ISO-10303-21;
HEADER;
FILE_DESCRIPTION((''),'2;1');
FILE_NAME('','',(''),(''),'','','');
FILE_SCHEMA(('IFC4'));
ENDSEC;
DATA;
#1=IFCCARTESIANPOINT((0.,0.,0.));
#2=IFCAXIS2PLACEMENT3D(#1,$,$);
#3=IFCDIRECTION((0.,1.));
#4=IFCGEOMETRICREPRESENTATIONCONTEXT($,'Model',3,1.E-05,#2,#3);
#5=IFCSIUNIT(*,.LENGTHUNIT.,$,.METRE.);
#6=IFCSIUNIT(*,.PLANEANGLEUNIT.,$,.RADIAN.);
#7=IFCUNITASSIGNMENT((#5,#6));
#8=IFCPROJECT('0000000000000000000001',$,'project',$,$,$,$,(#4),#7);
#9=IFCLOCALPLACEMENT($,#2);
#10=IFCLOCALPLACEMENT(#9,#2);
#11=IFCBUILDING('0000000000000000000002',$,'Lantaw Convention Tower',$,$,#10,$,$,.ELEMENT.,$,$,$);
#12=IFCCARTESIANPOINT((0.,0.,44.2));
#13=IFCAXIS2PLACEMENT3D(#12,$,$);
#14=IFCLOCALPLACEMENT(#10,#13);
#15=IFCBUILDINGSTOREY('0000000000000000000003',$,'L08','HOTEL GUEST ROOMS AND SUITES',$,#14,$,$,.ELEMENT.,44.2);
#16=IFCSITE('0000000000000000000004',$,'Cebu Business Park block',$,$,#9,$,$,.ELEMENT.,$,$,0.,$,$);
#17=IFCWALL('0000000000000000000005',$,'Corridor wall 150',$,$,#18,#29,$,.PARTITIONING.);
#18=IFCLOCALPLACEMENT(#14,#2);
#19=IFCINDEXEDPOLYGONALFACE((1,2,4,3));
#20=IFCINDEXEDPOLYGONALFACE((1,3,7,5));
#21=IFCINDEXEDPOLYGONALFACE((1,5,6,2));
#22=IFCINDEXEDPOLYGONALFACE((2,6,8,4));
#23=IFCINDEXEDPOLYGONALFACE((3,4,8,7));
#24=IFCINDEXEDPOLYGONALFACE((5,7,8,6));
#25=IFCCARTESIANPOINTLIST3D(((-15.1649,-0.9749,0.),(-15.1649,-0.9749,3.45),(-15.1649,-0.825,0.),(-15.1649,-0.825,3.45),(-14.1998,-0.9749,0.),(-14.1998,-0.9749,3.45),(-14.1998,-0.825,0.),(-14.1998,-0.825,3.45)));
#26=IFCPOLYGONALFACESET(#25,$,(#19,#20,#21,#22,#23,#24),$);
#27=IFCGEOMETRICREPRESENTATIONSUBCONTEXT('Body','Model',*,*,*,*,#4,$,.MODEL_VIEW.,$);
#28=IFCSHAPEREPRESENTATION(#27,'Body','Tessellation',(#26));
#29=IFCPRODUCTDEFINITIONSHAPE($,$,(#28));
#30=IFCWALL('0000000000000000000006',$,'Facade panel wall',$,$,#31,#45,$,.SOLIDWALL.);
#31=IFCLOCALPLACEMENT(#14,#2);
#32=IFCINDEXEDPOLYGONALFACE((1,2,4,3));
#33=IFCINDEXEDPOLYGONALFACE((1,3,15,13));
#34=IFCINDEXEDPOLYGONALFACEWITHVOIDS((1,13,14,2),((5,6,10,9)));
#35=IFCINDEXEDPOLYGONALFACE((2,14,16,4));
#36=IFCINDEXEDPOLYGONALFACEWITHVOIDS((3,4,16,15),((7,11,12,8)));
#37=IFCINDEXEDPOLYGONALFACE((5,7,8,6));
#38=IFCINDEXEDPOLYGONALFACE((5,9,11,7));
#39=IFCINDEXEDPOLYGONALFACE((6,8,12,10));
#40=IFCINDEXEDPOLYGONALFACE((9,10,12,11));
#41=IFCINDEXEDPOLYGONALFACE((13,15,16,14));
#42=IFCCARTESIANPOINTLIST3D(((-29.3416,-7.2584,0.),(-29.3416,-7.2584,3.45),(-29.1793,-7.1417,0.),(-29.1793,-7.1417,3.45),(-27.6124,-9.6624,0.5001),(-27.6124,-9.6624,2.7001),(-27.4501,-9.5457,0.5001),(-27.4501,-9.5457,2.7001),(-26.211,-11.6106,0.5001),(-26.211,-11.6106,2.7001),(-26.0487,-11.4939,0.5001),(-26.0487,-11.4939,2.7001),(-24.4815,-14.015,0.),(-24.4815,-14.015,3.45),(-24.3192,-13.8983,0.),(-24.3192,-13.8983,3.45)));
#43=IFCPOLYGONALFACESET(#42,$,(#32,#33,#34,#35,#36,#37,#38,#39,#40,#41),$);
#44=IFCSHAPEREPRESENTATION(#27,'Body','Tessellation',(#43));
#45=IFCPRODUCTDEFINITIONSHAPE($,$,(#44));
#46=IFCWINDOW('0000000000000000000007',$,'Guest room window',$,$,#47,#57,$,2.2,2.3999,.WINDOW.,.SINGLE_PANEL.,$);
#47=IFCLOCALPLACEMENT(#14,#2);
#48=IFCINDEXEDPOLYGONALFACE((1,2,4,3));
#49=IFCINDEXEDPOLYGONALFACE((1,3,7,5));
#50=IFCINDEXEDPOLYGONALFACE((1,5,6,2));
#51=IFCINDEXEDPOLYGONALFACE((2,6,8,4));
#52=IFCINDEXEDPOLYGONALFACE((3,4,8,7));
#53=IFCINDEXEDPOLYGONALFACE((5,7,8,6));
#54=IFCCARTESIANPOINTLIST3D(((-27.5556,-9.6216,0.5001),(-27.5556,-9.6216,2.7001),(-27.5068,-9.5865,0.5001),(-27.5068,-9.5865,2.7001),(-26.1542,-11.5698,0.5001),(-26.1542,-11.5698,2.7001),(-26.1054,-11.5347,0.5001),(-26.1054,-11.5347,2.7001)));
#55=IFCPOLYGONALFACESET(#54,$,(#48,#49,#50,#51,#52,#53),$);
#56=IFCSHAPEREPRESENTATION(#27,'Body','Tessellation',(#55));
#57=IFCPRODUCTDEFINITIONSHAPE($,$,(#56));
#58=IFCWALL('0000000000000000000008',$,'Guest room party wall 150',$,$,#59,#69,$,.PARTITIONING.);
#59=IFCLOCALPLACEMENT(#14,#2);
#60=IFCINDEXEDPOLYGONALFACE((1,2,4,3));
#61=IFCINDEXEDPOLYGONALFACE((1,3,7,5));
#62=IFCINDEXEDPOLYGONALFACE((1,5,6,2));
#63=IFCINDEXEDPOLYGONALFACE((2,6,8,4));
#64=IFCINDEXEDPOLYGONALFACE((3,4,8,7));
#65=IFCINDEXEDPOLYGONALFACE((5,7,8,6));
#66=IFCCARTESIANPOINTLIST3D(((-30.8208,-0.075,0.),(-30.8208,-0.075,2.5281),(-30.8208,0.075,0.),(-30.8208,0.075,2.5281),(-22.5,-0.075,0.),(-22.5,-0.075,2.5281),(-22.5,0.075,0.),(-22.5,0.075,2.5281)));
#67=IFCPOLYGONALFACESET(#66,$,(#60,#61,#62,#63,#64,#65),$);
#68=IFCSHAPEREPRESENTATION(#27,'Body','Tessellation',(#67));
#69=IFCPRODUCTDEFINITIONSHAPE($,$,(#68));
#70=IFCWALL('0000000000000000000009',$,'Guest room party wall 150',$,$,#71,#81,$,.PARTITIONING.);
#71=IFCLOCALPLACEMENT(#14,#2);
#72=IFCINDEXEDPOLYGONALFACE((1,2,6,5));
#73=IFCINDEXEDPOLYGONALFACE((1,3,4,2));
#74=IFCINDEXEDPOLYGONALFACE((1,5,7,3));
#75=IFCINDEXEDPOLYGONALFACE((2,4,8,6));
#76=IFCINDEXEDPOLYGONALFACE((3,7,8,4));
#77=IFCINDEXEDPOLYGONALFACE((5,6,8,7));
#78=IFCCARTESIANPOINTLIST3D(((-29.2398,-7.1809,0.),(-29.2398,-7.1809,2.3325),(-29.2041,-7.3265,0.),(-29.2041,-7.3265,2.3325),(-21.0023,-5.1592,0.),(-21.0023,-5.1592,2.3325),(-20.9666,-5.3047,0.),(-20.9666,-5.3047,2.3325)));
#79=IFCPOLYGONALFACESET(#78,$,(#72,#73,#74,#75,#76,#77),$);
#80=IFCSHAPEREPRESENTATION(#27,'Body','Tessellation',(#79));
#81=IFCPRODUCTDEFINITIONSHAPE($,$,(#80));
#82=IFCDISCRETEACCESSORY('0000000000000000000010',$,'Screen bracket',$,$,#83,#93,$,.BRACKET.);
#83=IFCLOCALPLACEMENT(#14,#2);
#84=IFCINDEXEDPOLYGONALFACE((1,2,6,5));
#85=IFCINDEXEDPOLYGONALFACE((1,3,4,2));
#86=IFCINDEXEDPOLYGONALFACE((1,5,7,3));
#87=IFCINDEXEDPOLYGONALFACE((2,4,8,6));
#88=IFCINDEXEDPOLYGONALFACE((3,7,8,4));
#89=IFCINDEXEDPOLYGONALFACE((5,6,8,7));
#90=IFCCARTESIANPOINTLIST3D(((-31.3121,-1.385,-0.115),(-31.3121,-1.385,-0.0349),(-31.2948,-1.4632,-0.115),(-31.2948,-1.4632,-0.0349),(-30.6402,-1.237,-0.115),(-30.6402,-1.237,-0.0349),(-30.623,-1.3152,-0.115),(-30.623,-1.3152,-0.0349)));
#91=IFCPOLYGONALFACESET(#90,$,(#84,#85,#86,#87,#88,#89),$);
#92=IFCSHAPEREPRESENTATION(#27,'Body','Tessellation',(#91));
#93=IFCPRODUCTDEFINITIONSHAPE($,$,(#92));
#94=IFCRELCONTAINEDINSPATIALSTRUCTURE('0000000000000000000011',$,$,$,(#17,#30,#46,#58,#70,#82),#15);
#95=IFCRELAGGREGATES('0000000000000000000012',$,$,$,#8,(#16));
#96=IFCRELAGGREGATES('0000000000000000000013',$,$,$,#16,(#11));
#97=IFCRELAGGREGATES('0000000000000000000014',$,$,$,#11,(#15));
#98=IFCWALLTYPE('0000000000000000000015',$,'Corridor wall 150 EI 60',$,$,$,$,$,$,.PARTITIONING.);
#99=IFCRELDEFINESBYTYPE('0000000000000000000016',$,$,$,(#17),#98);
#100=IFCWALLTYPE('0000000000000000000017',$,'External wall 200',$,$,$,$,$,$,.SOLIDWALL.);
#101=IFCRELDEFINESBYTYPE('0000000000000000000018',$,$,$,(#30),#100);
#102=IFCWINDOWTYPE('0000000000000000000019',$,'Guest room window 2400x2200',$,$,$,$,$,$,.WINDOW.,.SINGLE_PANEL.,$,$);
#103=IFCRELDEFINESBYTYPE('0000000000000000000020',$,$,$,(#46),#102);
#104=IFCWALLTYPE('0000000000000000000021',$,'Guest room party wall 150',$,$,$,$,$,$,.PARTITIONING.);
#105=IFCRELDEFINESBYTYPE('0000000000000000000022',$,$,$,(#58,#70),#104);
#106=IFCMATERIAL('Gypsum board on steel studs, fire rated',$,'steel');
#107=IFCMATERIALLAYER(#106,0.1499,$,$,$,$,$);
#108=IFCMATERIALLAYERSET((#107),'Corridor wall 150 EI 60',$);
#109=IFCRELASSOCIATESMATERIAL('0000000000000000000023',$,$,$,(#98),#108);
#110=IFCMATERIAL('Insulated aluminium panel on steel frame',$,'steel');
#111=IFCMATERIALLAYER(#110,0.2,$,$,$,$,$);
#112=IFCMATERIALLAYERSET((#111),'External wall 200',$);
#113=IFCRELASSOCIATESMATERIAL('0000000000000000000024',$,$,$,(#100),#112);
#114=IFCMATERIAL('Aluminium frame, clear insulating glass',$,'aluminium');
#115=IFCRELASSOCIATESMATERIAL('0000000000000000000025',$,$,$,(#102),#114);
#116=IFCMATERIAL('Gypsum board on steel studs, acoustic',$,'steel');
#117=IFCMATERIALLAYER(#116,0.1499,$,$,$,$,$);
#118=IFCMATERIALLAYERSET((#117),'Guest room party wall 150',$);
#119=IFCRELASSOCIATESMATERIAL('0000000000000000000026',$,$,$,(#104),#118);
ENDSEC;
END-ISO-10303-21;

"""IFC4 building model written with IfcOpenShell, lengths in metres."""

from ifc_helpers import new_model, si_unit, direction, frame, frame_2d, origin, origin_2d, place, context, subcontext, project, spatial, rectangle, extrude, material, layer, layer_set, type_object, element, fill, save


model = new_model("IFC4")

# Units and contexts
model_context = context("Model", 3, precision=1e-05, world=origin(), true_north=direction((0.0, 1.0)))
body_context = subcontext(model_context, "Body", "Model", "MODEL_VIEW")
ifc_project = project(units=[si_unit("LENGTHUNIT", "METRE"), si_unit("PLANEANGLEUNIT", "RADIAN")], contexts=[model_context])

# Site, building, storey
site_placement = place(None, origin())
site = spatial("IfcSite", under=ifc_project, at=site_placement, Name="Cebu Business Park block", CompositionType="ELEMENT", RefElevation=0.0)
building_placement = place(site_placement, origin())
building = spatial("IfcBuilding", under=site, at=building_placement, Name="Lantaw Convention Tower", CompositionType="ELEMENT")
storey_placement = place(building_placement, frame((0.0, 0.0, 44.2)))
storey = spatial("IfcBuildingStorey", under=building, at=storey_placement, Name="L08", Description="HOTEL GUEST ROOMS AND SUITES", CompositionType="ELEMENT", Elevation=44.2)

# Shared definitions
ifc_material_1 = material(Name="Gypsum board on steel studs, fire rated", Category="steel")
ifc_layer_1 = layer(ifc_material_1, 0.1499)
ifc_layer_set_1 = layer_set([ifc_layer_1], Name="Corridor wall 150 EI 60")
wall_type_1 = type_object("IfcWallType", Name="Corridor wall 150 EI 60", PredefinedType="PARTITIONING", material=ifc_layer_set_1)

# Wall
wall_1_placement = place(storey_placement, frame((-14.2, -0.8999, 0.0), z_axis=(0.0, 0.0, 1.0), x_axis=(-1.0, 0.0, 0.0)))
element("IfcWall", 1, at=wall_1_placement, inside=storey, type_object=wall_type_1, Name="Corridor wall 150", PredefinedType="PARTITIONING", context=body_context, shape_type="SweptSolid", body=[
    extrude(rectangle(XDim=0.9651, YDim=0.1499, at=frame_2d((0.4824, 0.0))), origin(), (0.0, 0.0, 1.0), 3.45),
])

# Wall, opening, window
ifc_material_2 = material(Name="Insulated aluminium panel on steel frame", Category="steel")
ifc_layer_2 = layer(ifc_material_2, 0.2)
ifc_layer_set_2 = layer_set([ifc_layer_2], Name="External wall 200")
wall_type_2 = type_object("IfcWallType", Name="External wall 200", PredefinedType="SOLIDWALL", material=ifc_layer_set_2)
wall_2_placement = place(storey_placement, frame((-29.2605, -7.2, 0.0), z_axis=(0.0, 0.0, 1.0), x_axis=(0.583938, -0.811799, 0.0)))
wall_2 = element("IfcWall", 2, at=wall_2_placement, inside=storey, type_object=wall_type_2, Name="Facade panel wall", PredefinedType="SOLIDWALL", context=body_context, shape_type="SweptSolid", body=[
    extrude(rectangle(XDim=8.323, YDim=0.2, at=frame_2d((4.1616, 0.0))), origin(), (0.0, 0.0, 1.0), 3.45),
])
opening_1_placement = place(wall_2_placement, frame((2.9614, 0.0, 0.5)))
opening_1 = element("IfcOpeningElement", 3, at=opening_1_placement, cuts=wall_2, PredefinedType="OPENING", context=body_context, shape_type="SweptSolid", body=[
    extrude(rectangle(XDim=2.3999, YDim=2.2, at=frame_2d((1.2, 1.1001))), frame((0.0, 0.1099, 0.0), z_axis=(0.0, -1.0, 0.0), x_axis=(1.0, 0.0, 0.0)), (0.0, 0.0, 1.0), 0.22),
])
ifc_material_3 = material(Name="Aluminium frame, clear insulating glass", Category="aluminium")
window_type = type_object("IfcWindowType", Name="Guest room window 2400x2200", PartitioningType="SINGLE_PANEL", PredefinedType="WINDOW", material=ifc_material_3)
window_placement = place(opening_1_placement, origin())
window = element("IfcWindow", 4, at=window_placement, inside=storey, type_object=window_type, Name="Guest room window", OverallHeight=2.2, OverallWidth=2.3999, PartitioningType="SINGLE_PANEL", PredefinedType="WINDOW", context=body_context, shape_type="SweptSolid", body=[
    extrude(rectangle(XDim=2.3999, YDim=2.2, at=frame_2d((1.2, 1.1001))), frame((0.0, 0.03, 0.0), z_axis=(0.0, -1.0, 0.0), x_axis=(1.0, 0.0, 0.0)), (0.0, 0.0, 1.0), 0.0601),
])
fill(opening_1, window)

# Walls
ifc_material_4 = material(Name="Gypsum board on steel studs, acoustic", Category="steel")
ifc_layer_3 = layer(ifc_material_4, 0.1499)
ifc_layer_set_3 = layer_set([ifc_layer_3], Name="Guest room party wall 150")
wall_type_3 = type_object("IfcWallType", Name="Guest room party wall 150", PredefinedType="PARTITIONING", material=ifc_layer_set_3)
wall_3_placement = place(storey_placement, frame((-30.8208, 0.0, 0.0), z_axis=(0.0, 0.0, 1.0), x_axis=(1.0, 0.0, 0.0)))
element("IfcWall", 5, at=wall_3_placement, inside=storey, type_object=wall_type_3, Name="Guest room party wall 150", PredefinedType="PARTITIONING", context=body_context, shape_type="SweptSolid", body=[
    extrude(rectangle(XDim=8.3208, YDim=0.1499, at=frame_2d((4.1604, 0.0))), origin(), (0.0, 0.0, 1.0), 2.5281),
])
wall_4_placement = place(storey_placement, frame((-29.2219, -7.2537, 0.0), z_axis=(0.0, 0.0, 1.0), x_axis=(0.971178, 0.238355, 0.0)))
element("IfcWall", 6, at=wall_4_placement, inside=storey, type_object=wall_type_3, Name="Guest room party wall 150", PredefinedType="PARTITIONING", context=body_context, shape_type="SweptSolid", body=[
    extrude(rectangle(XDim=8.4819, YDim=0.1499, at=frame_2d((4.241, 0.0))), origin(), (0.0, 0.0, 1.0), 2.3325),
])

# Discrete accessory
discrete_accessory_placement = place(storey_placement, frame((-30.9675, -1.3501, -0.115), z_axis=(0.0, 0.0, 1.0), x_axis=(0.215246, -0.97656, 0.0)))
element("IfcDiscreteAccessory", 7, at=discrete_accessory_placement, inside=storey, Name="Screen bracket", PredefinedType="BRACKET", context=body_context, shape_type="SweptSolid", body=[
    extrude(rectangle(XDim=0.0801, YDim=0.688, at=origin_2d()), origin(), (0.0, 0.0, 1.0), 0.0801),
])

save(model, "model.ifc")
